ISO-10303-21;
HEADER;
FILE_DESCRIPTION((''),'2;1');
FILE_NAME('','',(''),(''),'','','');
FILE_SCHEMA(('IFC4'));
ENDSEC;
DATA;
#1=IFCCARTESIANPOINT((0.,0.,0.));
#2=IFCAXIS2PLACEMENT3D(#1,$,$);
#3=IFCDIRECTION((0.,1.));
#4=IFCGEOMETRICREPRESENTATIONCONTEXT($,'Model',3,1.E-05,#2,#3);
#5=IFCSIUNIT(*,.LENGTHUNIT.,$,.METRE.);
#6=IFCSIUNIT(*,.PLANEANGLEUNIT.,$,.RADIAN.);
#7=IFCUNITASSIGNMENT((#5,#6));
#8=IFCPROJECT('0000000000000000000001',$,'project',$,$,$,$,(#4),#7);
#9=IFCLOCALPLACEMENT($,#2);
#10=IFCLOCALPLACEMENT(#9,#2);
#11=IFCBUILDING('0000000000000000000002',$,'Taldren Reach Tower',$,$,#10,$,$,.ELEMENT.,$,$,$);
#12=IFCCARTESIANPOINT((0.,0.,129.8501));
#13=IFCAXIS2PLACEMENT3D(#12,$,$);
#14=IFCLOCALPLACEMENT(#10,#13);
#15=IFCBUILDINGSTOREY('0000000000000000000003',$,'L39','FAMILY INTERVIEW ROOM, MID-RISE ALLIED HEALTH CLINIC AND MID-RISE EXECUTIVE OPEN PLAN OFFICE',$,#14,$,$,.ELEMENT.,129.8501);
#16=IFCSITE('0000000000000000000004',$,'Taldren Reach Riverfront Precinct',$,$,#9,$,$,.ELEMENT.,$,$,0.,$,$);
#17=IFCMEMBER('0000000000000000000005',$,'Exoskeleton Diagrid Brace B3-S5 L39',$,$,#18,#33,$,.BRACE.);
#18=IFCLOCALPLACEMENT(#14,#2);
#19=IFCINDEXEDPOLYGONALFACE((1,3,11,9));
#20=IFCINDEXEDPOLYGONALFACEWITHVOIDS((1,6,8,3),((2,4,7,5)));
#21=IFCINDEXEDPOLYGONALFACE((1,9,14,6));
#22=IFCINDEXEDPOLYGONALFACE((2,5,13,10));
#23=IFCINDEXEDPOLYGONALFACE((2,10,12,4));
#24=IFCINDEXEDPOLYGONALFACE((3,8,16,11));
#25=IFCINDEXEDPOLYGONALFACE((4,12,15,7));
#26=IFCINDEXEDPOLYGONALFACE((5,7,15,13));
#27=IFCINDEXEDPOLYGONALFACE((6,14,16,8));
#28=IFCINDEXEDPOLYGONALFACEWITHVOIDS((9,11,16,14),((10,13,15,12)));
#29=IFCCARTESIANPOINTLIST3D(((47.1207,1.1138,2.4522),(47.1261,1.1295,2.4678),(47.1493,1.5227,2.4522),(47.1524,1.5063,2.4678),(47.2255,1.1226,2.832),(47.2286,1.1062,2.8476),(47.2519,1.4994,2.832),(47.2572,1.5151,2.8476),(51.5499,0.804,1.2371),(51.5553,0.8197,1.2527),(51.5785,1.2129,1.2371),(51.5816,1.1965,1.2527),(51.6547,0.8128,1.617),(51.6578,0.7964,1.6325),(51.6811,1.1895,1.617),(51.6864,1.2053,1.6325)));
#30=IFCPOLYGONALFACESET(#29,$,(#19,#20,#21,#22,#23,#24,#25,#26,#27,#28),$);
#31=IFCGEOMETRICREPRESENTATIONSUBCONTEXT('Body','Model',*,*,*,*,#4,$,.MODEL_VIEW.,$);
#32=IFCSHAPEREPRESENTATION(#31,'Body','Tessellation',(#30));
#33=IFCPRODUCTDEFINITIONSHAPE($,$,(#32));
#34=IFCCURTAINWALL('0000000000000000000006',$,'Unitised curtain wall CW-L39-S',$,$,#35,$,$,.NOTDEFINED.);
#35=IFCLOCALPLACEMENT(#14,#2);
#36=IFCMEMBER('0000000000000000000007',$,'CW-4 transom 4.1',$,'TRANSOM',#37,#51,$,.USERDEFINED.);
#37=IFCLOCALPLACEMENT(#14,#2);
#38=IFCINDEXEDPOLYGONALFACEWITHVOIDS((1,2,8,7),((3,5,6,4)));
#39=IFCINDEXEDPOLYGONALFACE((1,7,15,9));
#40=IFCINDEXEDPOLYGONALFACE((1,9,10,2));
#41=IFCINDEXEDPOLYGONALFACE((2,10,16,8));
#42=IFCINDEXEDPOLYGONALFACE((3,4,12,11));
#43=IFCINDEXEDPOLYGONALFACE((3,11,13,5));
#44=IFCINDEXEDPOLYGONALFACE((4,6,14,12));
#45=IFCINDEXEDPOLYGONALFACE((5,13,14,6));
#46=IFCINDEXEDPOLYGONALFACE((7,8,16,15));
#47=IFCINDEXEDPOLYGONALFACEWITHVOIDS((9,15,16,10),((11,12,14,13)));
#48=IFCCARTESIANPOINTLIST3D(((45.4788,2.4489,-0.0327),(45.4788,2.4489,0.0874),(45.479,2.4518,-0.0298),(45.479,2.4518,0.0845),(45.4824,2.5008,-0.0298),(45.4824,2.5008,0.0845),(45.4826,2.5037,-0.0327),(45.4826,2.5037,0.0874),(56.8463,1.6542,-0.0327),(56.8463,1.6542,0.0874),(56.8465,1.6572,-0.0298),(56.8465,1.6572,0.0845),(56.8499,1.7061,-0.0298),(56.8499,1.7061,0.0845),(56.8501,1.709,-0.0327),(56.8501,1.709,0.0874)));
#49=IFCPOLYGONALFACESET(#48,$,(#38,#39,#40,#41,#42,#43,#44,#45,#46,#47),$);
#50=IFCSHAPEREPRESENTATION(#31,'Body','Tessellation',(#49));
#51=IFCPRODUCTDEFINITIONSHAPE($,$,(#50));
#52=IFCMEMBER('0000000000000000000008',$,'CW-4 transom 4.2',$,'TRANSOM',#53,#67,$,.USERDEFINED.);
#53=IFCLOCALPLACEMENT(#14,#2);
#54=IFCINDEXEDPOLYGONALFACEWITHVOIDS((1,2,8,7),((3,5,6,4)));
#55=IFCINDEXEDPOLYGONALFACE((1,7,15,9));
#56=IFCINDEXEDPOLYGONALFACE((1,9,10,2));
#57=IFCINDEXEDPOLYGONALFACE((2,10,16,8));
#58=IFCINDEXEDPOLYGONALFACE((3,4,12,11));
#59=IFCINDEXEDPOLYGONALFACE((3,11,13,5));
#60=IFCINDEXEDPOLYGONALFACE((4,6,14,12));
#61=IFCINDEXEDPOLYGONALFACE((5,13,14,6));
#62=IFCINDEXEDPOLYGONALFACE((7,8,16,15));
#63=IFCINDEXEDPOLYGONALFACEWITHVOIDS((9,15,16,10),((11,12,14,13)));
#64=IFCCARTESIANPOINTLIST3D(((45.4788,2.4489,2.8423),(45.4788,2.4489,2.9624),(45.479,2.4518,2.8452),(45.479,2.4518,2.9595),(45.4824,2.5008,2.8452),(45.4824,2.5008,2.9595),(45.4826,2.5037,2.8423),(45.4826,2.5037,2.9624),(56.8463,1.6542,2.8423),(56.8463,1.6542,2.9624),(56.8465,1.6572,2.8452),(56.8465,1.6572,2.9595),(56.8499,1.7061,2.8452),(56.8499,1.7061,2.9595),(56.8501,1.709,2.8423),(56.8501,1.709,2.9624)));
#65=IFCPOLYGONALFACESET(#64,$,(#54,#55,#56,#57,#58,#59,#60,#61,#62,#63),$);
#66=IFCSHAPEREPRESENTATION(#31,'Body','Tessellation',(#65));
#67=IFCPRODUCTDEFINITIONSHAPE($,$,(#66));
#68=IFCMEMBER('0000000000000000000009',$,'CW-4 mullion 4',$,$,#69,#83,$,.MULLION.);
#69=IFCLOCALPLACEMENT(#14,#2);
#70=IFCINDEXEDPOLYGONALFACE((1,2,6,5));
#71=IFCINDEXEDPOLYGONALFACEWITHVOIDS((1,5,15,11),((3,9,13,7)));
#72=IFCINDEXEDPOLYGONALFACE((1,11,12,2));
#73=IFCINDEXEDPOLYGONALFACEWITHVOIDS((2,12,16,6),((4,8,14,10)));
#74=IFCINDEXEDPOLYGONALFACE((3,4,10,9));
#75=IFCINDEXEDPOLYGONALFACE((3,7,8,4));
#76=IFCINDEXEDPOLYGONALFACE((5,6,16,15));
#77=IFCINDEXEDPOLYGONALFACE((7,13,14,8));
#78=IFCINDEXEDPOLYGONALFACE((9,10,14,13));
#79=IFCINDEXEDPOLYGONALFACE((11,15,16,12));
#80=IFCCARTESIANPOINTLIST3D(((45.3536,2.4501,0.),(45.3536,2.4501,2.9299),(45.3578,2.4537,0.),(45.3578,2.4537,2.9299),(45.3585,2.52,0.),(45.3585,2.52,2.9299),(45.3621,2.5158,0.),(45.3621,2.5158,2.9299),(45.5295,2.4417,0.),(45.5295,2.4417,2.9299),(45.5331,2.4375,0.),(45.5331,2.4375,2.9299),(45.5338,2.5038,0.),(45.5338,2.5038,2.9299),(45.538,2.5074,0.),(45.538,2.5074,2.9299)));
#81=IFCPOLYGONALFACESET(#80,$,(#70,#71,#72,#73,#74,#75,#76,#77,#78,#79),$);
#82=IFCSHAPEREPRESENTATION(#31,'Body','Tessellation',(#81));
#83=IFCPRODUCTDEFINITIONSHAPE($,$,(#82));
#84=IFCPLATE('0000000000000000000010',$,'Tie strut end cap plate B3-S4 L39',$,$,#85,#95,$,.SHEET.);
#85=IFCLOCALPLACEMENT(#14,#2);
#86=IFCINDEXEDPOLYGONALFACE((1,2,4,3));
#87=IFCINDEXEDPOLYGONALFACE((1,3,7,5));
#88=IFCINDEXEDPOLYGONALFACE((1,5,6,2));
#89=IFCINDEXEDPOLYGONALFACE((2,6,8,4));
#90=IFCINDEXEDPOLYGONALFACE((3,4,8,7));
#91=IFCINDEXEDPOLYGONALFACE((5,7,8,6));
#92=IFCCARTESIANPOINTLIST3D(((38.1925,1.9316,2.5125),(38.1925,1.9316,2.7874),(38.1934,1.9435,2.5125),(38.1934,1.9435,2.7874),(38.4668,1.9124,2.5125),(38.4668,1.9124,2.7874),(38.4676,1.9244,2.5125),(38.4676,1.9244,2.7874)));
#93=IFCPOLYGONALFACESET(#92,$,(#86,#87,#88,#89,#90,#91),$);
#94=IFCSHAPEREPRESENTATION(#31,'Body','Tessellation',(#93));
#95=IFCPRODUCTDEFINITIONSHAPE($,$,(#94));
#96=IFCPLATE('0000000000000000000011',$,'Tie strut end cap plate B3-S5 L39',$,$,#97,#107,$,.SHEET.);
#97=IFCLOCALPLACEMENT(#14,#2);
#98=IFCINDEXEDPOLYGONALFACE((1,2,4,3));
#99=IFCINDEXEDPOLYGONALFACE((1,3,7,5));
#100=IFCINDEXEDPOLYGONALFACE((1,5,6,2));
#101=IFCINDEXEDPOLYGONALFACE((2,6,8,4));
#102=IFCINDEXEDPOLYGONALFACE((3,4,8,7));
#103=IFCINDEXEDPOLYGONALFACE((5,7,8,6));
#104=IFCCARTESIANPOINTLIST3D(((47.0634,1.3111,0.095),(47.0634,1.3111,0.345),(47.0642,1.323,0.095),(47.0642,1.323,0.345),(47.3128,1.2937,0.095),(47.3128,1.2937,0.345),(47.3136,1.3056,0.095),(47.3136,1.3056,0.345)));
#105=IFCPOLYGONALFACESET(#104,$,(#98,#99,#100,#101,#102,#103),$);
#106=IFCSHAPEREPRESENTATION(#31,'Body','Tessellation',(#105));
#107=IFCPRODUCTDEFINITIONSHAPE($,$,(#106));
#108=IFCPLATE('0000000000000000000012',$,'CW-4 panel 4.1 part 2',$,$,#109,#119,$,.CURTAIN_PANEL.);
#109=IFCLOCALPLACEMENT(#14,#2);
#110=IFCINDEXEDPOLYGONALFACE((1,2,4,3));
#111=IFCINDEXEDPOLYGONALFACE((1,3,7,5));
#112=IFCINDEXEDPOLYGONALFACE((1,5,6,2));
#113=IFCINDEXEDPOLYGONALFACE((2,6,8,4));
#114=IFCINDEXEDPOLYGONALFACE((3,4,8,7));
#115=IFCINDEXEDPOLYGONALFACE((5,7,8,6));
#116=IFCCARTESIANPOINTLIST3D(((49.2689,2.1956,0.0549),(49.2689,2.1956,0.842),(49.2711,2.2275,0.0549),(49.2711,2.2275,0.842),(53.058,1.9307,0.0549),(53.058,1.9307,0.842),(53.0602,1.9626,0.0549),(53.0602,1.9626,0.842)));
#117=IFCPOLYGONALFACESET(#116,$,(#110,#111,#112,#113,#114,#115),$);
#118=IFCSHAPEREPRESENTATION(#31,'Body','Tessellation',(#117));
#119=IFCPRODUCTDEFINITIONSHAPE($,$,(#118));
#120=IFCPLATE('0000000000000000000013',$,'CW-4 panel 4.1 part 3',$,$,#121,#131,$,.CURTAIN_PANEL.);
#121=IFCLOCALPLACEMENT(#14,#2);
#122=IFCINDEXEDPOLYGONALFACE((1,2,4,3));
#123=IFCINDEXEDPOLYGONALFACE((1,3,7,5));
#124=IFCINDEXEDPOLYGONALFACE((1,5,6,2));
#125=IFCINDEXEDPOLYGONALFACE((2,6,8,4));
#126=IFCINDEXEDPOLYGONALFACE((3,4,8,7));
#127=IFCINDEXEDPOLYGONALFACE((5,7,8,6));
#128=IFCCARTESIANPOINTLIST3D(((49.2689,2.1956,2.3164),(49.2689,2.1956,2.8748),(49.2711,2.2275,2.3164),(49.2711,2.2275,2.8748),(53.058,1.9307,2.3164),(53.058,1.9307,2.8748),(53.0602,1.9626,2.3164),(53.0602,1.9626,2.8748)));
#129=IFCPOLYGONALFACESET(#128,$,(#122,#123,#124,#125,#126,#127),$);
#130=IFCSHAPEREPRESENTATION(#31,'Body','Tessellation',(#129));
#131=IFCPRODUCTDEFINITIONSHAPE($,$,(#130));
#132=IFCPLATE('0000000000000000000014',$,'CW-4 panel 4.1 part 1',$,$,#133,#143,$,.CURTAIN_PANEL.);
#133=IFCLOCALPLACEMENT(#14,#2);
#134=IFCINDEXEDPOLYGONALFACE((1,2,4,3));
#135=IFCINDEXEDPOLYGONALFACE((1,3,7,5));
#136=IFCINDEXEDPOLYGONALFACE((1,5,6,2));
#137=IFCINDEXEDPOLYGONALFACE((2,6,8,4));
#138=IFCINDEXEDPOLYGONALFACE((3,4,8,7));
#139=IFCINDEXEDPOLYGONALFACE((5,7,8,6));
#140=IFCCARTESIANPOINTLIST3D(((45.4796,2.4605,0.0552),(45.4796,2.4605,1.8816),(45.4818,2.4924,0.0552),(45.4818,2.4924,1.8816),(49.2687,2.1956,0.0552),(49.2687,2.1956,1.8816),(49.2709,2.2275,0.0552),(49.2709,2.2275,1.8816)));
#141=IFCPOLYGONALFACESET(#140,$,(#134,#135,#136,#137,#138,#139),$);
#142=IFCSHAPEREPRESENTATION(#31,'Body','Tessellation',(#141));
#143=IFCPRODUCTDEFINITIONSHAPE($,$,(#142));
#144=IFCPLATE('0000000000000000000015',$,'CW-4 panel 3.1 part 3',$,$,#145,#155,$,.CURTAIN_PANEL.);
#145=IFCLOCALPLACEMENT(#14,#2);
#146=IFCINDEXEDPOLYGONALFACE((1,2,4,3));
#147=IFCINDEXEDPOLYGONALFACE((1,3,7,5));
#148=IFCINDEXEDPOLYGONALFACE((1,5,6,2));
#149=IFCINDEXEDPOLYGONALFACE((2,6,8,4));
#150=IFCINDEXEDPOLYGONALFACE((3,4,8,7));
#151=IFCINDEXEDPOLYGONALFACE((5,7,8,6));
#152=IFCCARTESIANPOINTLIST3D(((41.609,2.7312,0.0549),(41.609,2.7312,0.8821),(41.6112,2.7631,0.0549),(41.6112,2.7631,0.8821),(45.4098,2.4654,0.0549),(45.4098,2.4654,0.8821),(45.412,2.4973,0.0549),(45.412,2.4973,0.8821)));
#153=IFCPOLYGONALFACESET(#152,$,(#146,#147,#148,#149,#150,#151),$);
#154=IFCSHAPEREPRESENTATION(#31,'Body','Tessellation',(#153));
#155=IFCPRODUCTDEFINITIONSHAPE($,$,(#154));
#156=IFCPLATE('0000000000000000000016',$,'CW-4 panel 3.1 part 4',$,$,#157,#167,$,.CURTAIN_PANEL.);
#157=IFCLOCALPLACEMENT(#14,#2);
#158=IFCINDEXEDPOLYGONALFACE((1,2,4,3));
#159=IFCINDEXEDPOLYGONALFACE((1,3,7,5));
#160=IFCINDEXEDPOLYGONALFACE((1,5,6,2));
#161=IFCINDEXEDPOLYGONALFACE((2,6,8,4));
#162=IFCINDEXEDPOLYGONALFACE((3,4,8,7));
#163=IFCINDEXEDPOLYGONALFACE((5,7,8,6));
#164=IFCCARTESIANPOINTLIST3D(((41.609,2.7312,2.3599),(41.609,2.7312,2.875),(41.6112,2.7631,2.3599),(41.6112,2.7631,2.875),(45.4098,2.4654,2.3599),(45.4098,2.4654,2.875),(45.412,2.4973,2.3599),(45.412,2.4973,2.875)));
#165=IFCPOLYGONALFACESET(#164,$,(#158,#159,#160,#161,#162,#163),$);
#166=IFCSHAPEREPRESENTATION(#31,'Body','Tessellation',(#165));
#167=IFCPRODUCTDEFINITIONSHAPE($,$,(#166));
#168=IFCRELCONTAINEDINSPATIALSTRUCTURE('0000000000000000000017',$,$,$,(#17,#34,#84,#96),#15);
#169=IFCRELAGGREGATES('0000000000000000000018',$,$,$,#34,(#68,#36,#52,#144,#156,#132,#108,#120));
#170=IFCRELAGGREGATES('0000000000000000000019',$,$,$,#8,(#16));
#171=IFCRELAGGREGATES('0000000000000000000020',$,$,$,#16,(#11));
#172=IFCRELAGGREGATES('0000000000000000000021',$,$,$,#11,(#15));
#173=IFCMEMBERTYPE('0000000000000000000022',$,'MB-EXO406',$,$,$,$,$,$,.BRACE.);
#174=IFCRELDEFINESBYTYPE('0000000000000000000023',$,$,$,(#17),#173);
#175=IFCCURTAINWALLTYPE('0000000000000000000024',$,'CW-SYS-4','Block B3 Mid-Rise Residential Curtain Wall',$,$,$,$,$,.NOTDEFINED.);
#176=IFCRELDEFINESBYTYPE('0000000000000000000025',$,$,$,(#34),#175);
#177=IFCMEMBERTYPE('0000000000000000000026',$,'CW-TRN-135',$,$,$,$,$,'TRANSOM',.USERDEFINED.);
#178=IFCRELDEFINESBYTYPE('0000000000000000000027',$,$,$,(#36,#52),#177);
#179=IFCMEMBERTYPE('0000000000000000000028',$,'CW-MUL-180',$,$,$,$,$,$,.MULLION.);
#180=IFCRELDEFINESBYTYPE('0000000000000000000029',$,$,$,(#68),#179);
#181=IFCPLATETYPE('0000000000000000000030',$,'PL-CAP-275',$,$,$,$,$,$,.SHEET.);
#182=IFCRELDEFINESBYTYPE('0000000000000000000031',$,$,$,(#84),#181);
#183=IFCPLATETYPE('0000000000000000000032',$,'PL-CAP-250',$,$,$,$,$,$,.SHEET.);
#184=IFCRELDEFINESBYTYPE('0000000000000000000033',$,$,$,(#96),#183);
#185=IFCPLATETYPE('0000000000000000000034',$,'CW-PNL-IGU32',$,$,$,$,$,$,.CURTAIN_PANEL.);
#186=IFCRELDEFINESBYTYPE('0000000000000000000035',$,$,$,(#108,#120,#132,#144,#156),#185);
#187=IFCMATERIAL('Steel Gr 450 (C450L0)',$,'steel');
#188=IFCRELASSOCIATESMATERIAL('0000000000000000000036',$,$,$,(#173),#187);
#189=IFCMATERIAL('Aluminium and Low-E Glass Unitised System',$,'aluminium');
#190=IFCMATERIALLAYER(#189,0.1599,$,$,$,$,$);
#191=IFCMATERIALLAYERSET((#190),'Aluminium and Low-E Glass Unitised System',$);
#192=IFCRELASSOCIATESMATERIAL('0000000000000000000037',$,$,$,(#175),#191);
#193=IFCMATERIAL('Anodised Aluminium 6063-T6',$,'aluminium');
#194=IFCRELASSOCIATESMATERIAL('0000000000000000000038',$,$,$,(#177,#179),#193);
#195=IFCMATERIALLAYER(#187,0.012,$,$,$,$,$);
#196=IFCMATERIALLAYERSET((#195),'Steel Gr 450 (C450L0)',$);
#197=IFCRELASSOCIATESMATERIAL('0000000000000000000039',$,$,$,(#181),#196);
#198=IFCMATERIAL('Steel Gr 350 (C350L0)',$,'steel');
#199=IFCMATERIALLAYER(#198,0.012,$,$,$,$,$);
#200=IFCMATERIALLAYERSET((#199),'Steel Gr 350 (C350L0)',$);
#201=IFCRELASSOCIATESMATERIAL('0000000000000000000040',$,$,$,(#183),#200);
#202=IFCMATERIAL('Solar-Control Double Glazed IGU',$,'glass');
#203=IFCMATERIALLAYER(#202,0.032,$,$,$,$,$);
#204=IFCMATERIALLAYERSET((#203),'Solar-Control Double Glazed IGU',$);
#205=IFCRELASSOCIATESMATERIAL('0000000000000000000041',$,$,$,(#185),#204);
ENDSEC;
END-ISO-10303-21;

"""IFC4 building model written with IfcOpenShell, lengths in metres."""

from ifc_helpers import new_model, si_unit, direction, frame, origin, origin_2d, place, context, subcontext, project, spatial, rectangle, hollow_rectangle, extrude, source, transform, mapped, material, layer, layer_set, material_profile, profile_set, type_object, element, aggregate, save


model = new_model("IFC4")

# Units and contexts
model_context = context("Model", 3, precision=1e-05, world=origin(), true_north=direction((0.0, 1.0)))
body_context = subcontext(model_context, "Body", "Model", "MODEL_VIEW")
ifc_project = project(units=[si_unit("LENGTHUNIT", "METRE"), si_unit("PLANEANGLEUNIT", "RADIAN")], contexts=[model_context])

# Site, building, storey
site_placement = place(None, origin())
site = spatial("IfcSite", under=ifc_project, at=site_placement, Name="Taldren Reach Riverfront Precinct", CompositionType="ELEMENT", RefElevation=0.0)
building_placement = place(site_placement, origin())
building = spatial("IfcBuilding", under=site, at=building_placement, Name="Taldren Reach Tower", CompositionType="ELEMENT")
storey_placement = place(building_placement, frame((0.0, 0.0, 129.8501)))
storey = spatial("IfcBuildingStorey", under=building, at=storey_placement, Name="L39", Description="FAMILY INTERVIEW ROOM, MID-RISE ALLIED HEALTH CLINIC AND MID-RISE EXECUTIVE OPEN PLAN OFFICE", CompositionType="ELEMENT", Elevation=129.8501)

# Shared definitions
ifc_material_1 = material(Name="Steel Gr 450 (C450L0)", Category="steel")
ifc_material_2 = material(Name="Steel Gr 350 (C350L0)", Category="steel")

# Member
ifc_material_profile_1 = material_profile(ifc_material_1, hollow_rectangle(XDim=0.4099, YDim=0.4099, WallThickness=0.0161, at=origin_2d()), Name="410x410x16.0SHS")
ifc_profile_set_1 = profile_set([ifc_material_profile_1], Name="Steel Gr 450 (C450L0)")
member_type_1 = type_object("IfcMemberType", Name="MB-EXO406", PredefinedType="BRACE", material=ifc_profile_set_1)
shared_shape_1 = source(origin(), body_context, "Body", "SweptSolid", [
    extrude(hollow_rectangle(XDim=0.4099, YDim=0.4099, WallThickness=0.0161, at=origin_2d()), origin(), (0.0, 0.0, 1.0), 4.6033),
])
for number, where, z_axis, x_axis, name in (
    (1, (51.6182, 1.0046, 1.4348), (-0.962182, 0.067303, 0.263961), (-0.069778, -0.997563, 0.0), "Exoskeleton Diagrid Brace B3-S5 L39"),
):
    element("IfcMember", number, at=place(storey_placement, frame(where, z_axis=z_axis, x_axis=x_axis)), inside=storey, type_object=member_type_1, Name=name, PredefinedType="BRACE", context=body_context, shape_type="MappedRepresentation", body=[
        mapped(shared_shape_1, transform((0.0, 0.0, 0.0), scale=1.0)),
    ])

# Curtain wall, members
ifc_material_3 = material(Name="Aluminium and Low-E Glass Unitised System", Category="aluminium")
ifc_layer_1 = layer(ifc_material_3, 0.1599)
ifc_layer_set_1 = layer_set([ifc_layer_1], Name="Aluminium and Low-E Glass Unitised System")
curtain_wall_type = type_object("IfcCurtainWallType", Name="CW-SYS-4", Description="Block B3 Mid-Rise Residential Curtain Wall", PredefinedType="NOTDEFINED", material=ifc_layer_set_1)
curtain_wall_placement = place(storey_placement, origin())
curtain_wall = element("IfcCurtainWall", 2, at=curtain_wall_placement, inside=storey, type_object=curtain_wall_type, Name="Unitised curtain wall CW-L39-S", PredefinedType="NOTDEFINED")
ifc_material_4 = material(Name="Anodised Aluminium 6063-T6", Category="aluminium")
ifc_material_profile_2 = material_profile(ifc_material_4, hollow_rectangle(XDim=0.0549, YDim=0.1201, WallThickness=0.0029, at=origin_2d()), Name="ALU-120x55x3RHS")
ifc_profile_set_2 = profile_set([ifc_material_profile_2], Name="Anodised Aluminium 6063-T6")
member_type_2 = type_object("IfcMemberType", Name="CW-TRN-135", ElementType="TRANSOM", PredefinedType="USERDEFINED", material=ifc_profile_set_2)
shared_shape_2 = source(origin(), body_context, "Body", "SweptSolid", [
    extrude(hollow_rectangle(XDim=0.0549, YDim=0.1201, WallThickness=0.0029, at=origin_2d()), origin(), (0.0, 0.0, 1.0), 11.3953),
])
member_1_placement = place(storey_placement, frame((45.4807, 2.4763, 0.0273), z_axis=(0.997565, -0.069738, 0.0), x_axis=(0.069738, 0.997565, 0.0)))
member_1 = element("IfcMember", 3, at=member_1_placement, type_object=member_type_2, Name="CW-4 transom 4.1", ObjectType="TRANSOM", PredefinedType="USERDEFINED", context=body_context, shape_type="MappedRepresentation", body=[
    mapped(shared_shape_2, transform((0.0, 0.0, 0.0), scale=1.0)),
])
member_2_placement = place(storey_placement, frame((45.4807, 2.4763, 2.9023), z_axis=(0.997565, -0.069738, 0.0), x_axis=(0.069738, 0.997565, 0.0)))
member_2 = element("IfcMember", 4, at=member_2_placement, type_object=member_type_2, Name="CW-4 transom 4.2", ObjectType="TRANSOM", PredefinedType="USERDEFINED", context=body_context, shape_type="MappedRepresentation", body=[
    mapped(shared_shape_2, transform((0.0, 0.0, 0.0), scale=1.0)),
])
ifc_material_profile_3 = material_profile(ifc_material_4, hollow_rectangle(XDim=0.0701, YDim=0.1799, WallThickness=0.0039, at=origin_2d()), Name="ALU-180x70x4RHS")
ifc_profile_set_3 = profile_set([ifc_material_profile_3], Name="Anodised Aluminium 6063-T6")
member_type_3 = type_object("IfcMemberType", Name="CW-MUL-180", PredefinedType="MULLION", material=ifc_profile_set_3)
shared_shape_3 = source(origin(), body_context, "Body", "SweptSolid", [
    extrude(hollow_rectangle(XDim=0.0701, YDim=0.1799, WallThickness=0.0039, at=origin_2d()), origin(), (0.0, 0.0, 1.0), 2.9299),
])
member_3_placement = place(storey_placement, frame((45.4458, 2.4788, 0.0), z_axis=(0.0, 0.0, 1.0), x_axis=(0.069757, 0.997564, 0.0)))
member_3 = element("IfcMember", 5, at=member_3_placement, type_object=member_type_3, Name="CW-4 mullion 4", PredefinedType="MULLION", context=body_context, shape_type="MappedRepresentation", body=[
    mapped(shared_shape_3, transform((0.0, 0.0, 0.0), scale=1.0)),
])

# Plates
ifc_layer_2 = layer(ifc_material_1, 0.012)
ifc_layer_set_2 = layer_set([ifc_layer_2], Name="Steel Gr 450 (C450L0)")
plate_type_1 = type_object("IfcPlateType", Name="PL-CAP-275", PredefinedType="SHEET", material=ifc_layer_set_2)
shared_shape_4 = source(origin(), body_context, "Body", "SweptSolid", [
    extrude(rectangle(XDim=0.2749, YDim=0.012, at=origin_2d()), origin(), (0.0, 0.0, 1.0), 0.2749),
])
plate_1_placement = place(storey_placement, frame((38.3301, 1.928, 2.5125), z_axis=(0.0, 0.0, 1.0), x_axis=(0.997564, -0.069756, 0.0)))
element("IfcPlate", 6, at=plate_1_placement, inside=storey, type_object=plate_type_1, Name="Tie strut end cap plate B3-S4 L39", PredefinedType="SHEET", context=body_context, shape_type="MappedRepresentation", body=[
    mapped(shared_shape_4, transform((0.0, 0.0, 0.0), scale=1.0)),
])
ifc_layer_3 = layer(ifc_material_2, 0.012)
ifc_layer_set_3 = layer_set([ifc_layer_3], Name="Steel Gr 350 (C350L0)")
plate_type_2 = type_object("IfcPlateType", Name="PL-CAP-250", PredefinedType="SHEET", material=ifc_layer_set_3)
shared_shape_5 = source(origin(), body_context, "Body", "SweptSolid", [
    extrude(rectangle(XDim=0.25, YDim=0.012, at=origin_2d()), origin(), (0.0, 0.0, 1.0), 0.25),
])
plate_2_placement = place(storey_placement, frame((47.1885, 1.3083, 0.095), z_axis=(0.0, 0.0, 1.0), x_axis=(0.997564, -0.069756, 0.0)))
element("IfcPlate", 7, at=plate_2_placement, inside=storey, type_object=plate_type_2, Name="Tie strut end cap plate B3-S5 L39", PredefinedType="SHEET", context=body_context, shape_type="MappedRepresentation", body=[
    mapped(shared_shape_5, transform((0.0, 0.0, 0.0), scale=1.0)),
])

# Plates
ifc_material_5 = material(Name="Solar-Control Double Glazed IGU", Category="glass")
ifc_layer_4 = layer(ifc_material_5, 0.032)
ifc_layer_set_4 = layer_set([ifc_layer_4], Name="Solar-Control Double Glazed IGU")
plate_type_3 = type_object("IfcPlateType", Name="CW-PNL-IGU32", PredefinedType="CURTAIN_PANEL", material=ifc_layer_set_4)
shared_shape_6 = source(origin(), body_context, "Body", "SweptSolid", [
    extrude(rectangle(XDim=3.7983, YDim=0.032, at=origin_2d()), origin(), (0.0, 0.0, 1.0), 0.7871),
])
plate_3_placement = place(storey_placement, frame((51.1646, 2.0791, 0.0549), z_axis=(0.0, 0.0, 1.0), x_axis=(0.997564, -0.069757, 0.0)))
plate_3 = element("IfcPlate", 8, at=plate_3_placement, type_object=plate_type_3, Name="CW-4 panel 4.1 part 2", PredefinedType="CURTAIN_PANEL", context=body_context, shape_type="MappedRepresentation", body=[
    mapped(shared_shape_6, transform((0.0, 0.0, 0.0), scale=1.0)),
])
shared_shape_7 = source(origin(), body_context, "Body", "SweptSolid", [
    extrude(rectangle(XDim=3.7983, YDim=0.032, at=origin_2d()), origin(), (0.0, 0.0, 1.0), 0.5583),
])
plate_4_placement = place(storey_placement, frame((51.1646, 2.0791, 2.3164), z_axis=(0.0, 0.0, 1.0), x_axis=(0.997564, -0.069757, 0.0)))
plate_4 = element("IfcPlate", 9, at=plate_4_placement, type_object=plate_type_3, Name="CW-4 panel 4.1 part 3", PredefinedType="CURTAIN_PANEL", context=body_context, shape_type="MappedRepresentation", body=[
    mapped(shared_shape_7, transform((0.0, 0.0, 0.0), scale=1.0)),
])
shared_shape_8 = source(origin(), body_context, "Body", "SweptSolid", [
    extrude(rectangle(XDim=3.7983, YDim=0.032, at=origin_2d()), origin(), (0.0, 0.0, 1.0), 1.8264),
])
plate_5_placement = place(storey_placement, frame((47.3752, 2.344, 0.0552), z_axis=(0.0, 0.0, 1.0), x_axis=(0.997564, -0.069757, 0.0)))
plate_5 = element("IfcPlate", 10, at=plate_5_placement, type_object=plate_type_3, Name="CW-4 panel 4.1 part 1", PredefinedType="CURTAIN_PANEL", context=body_context, shape_type="MappedRepresentation", body=[
    mapped(shared_shape_8, transform((0.0, 0.0, 0.0), scale=1.0)),
])
shared_shape_9 = source(origin(), body_context, "Body", "SweptSolid", [
    extrude(rectangle(XDim=3.8101, YDim=0.032, at=origin_2d()), origin(), (0.0, 0.0, 1.0), 0.8271),
])
plate_6_placement = place(storey_placement, frame((43.5105, 2.6143, 0.0549), z_axis=(0.0, 0.0, 1.0), x_axis=(0.997564, -0.069757, 0.0)))
plate_6 = element("IfcPlate", 11, at=plate_6_placement, type_object=plate_type_3, Name="CW-4 panel 3.1 part 3", PredefinedType="CURTAIN_PANEL", context=body_context, shape_type="MappedRepresentation", body=[
    mapped(shared_shape_9, transform((0.0, 0.0, 0.0), scale=1.0)),
])
shared_shape_10 = source(origin(), body_context, "Body", "SweptSolid", [
    extrude(rectangle(XDim=3.8101, YDim=0.032, at=origin_2d()), origin(), (0.0, 0.0, 1.0), 0.5151),
])
plate_7_placement = place(storey_placement, frame((43.5105, 2.6143, 2.3599), z_axis=(0.0, 0.0, 1.0), x_axis=(0.997564, -0.069757, 0.0)))
plate_7 = element("IfcPlate", 12, at=plate_7_placement, type_object=plate_type_3, Name="CW-4 panel 3.1 part 4", PredefinedType="CURTAIN_PANEL", context=body_context, shape_type="MappedRepresentation", body=[
    mapped(shared_shape_10, transform((0.0, 0.0, 0.0), scale=1.0)),
])
aggregate(curtain_wall, [member_3, member_1, member_2, plate_6, plate_7, plate_5, plate_3, plate_4])

save(model, "model.ifc")
